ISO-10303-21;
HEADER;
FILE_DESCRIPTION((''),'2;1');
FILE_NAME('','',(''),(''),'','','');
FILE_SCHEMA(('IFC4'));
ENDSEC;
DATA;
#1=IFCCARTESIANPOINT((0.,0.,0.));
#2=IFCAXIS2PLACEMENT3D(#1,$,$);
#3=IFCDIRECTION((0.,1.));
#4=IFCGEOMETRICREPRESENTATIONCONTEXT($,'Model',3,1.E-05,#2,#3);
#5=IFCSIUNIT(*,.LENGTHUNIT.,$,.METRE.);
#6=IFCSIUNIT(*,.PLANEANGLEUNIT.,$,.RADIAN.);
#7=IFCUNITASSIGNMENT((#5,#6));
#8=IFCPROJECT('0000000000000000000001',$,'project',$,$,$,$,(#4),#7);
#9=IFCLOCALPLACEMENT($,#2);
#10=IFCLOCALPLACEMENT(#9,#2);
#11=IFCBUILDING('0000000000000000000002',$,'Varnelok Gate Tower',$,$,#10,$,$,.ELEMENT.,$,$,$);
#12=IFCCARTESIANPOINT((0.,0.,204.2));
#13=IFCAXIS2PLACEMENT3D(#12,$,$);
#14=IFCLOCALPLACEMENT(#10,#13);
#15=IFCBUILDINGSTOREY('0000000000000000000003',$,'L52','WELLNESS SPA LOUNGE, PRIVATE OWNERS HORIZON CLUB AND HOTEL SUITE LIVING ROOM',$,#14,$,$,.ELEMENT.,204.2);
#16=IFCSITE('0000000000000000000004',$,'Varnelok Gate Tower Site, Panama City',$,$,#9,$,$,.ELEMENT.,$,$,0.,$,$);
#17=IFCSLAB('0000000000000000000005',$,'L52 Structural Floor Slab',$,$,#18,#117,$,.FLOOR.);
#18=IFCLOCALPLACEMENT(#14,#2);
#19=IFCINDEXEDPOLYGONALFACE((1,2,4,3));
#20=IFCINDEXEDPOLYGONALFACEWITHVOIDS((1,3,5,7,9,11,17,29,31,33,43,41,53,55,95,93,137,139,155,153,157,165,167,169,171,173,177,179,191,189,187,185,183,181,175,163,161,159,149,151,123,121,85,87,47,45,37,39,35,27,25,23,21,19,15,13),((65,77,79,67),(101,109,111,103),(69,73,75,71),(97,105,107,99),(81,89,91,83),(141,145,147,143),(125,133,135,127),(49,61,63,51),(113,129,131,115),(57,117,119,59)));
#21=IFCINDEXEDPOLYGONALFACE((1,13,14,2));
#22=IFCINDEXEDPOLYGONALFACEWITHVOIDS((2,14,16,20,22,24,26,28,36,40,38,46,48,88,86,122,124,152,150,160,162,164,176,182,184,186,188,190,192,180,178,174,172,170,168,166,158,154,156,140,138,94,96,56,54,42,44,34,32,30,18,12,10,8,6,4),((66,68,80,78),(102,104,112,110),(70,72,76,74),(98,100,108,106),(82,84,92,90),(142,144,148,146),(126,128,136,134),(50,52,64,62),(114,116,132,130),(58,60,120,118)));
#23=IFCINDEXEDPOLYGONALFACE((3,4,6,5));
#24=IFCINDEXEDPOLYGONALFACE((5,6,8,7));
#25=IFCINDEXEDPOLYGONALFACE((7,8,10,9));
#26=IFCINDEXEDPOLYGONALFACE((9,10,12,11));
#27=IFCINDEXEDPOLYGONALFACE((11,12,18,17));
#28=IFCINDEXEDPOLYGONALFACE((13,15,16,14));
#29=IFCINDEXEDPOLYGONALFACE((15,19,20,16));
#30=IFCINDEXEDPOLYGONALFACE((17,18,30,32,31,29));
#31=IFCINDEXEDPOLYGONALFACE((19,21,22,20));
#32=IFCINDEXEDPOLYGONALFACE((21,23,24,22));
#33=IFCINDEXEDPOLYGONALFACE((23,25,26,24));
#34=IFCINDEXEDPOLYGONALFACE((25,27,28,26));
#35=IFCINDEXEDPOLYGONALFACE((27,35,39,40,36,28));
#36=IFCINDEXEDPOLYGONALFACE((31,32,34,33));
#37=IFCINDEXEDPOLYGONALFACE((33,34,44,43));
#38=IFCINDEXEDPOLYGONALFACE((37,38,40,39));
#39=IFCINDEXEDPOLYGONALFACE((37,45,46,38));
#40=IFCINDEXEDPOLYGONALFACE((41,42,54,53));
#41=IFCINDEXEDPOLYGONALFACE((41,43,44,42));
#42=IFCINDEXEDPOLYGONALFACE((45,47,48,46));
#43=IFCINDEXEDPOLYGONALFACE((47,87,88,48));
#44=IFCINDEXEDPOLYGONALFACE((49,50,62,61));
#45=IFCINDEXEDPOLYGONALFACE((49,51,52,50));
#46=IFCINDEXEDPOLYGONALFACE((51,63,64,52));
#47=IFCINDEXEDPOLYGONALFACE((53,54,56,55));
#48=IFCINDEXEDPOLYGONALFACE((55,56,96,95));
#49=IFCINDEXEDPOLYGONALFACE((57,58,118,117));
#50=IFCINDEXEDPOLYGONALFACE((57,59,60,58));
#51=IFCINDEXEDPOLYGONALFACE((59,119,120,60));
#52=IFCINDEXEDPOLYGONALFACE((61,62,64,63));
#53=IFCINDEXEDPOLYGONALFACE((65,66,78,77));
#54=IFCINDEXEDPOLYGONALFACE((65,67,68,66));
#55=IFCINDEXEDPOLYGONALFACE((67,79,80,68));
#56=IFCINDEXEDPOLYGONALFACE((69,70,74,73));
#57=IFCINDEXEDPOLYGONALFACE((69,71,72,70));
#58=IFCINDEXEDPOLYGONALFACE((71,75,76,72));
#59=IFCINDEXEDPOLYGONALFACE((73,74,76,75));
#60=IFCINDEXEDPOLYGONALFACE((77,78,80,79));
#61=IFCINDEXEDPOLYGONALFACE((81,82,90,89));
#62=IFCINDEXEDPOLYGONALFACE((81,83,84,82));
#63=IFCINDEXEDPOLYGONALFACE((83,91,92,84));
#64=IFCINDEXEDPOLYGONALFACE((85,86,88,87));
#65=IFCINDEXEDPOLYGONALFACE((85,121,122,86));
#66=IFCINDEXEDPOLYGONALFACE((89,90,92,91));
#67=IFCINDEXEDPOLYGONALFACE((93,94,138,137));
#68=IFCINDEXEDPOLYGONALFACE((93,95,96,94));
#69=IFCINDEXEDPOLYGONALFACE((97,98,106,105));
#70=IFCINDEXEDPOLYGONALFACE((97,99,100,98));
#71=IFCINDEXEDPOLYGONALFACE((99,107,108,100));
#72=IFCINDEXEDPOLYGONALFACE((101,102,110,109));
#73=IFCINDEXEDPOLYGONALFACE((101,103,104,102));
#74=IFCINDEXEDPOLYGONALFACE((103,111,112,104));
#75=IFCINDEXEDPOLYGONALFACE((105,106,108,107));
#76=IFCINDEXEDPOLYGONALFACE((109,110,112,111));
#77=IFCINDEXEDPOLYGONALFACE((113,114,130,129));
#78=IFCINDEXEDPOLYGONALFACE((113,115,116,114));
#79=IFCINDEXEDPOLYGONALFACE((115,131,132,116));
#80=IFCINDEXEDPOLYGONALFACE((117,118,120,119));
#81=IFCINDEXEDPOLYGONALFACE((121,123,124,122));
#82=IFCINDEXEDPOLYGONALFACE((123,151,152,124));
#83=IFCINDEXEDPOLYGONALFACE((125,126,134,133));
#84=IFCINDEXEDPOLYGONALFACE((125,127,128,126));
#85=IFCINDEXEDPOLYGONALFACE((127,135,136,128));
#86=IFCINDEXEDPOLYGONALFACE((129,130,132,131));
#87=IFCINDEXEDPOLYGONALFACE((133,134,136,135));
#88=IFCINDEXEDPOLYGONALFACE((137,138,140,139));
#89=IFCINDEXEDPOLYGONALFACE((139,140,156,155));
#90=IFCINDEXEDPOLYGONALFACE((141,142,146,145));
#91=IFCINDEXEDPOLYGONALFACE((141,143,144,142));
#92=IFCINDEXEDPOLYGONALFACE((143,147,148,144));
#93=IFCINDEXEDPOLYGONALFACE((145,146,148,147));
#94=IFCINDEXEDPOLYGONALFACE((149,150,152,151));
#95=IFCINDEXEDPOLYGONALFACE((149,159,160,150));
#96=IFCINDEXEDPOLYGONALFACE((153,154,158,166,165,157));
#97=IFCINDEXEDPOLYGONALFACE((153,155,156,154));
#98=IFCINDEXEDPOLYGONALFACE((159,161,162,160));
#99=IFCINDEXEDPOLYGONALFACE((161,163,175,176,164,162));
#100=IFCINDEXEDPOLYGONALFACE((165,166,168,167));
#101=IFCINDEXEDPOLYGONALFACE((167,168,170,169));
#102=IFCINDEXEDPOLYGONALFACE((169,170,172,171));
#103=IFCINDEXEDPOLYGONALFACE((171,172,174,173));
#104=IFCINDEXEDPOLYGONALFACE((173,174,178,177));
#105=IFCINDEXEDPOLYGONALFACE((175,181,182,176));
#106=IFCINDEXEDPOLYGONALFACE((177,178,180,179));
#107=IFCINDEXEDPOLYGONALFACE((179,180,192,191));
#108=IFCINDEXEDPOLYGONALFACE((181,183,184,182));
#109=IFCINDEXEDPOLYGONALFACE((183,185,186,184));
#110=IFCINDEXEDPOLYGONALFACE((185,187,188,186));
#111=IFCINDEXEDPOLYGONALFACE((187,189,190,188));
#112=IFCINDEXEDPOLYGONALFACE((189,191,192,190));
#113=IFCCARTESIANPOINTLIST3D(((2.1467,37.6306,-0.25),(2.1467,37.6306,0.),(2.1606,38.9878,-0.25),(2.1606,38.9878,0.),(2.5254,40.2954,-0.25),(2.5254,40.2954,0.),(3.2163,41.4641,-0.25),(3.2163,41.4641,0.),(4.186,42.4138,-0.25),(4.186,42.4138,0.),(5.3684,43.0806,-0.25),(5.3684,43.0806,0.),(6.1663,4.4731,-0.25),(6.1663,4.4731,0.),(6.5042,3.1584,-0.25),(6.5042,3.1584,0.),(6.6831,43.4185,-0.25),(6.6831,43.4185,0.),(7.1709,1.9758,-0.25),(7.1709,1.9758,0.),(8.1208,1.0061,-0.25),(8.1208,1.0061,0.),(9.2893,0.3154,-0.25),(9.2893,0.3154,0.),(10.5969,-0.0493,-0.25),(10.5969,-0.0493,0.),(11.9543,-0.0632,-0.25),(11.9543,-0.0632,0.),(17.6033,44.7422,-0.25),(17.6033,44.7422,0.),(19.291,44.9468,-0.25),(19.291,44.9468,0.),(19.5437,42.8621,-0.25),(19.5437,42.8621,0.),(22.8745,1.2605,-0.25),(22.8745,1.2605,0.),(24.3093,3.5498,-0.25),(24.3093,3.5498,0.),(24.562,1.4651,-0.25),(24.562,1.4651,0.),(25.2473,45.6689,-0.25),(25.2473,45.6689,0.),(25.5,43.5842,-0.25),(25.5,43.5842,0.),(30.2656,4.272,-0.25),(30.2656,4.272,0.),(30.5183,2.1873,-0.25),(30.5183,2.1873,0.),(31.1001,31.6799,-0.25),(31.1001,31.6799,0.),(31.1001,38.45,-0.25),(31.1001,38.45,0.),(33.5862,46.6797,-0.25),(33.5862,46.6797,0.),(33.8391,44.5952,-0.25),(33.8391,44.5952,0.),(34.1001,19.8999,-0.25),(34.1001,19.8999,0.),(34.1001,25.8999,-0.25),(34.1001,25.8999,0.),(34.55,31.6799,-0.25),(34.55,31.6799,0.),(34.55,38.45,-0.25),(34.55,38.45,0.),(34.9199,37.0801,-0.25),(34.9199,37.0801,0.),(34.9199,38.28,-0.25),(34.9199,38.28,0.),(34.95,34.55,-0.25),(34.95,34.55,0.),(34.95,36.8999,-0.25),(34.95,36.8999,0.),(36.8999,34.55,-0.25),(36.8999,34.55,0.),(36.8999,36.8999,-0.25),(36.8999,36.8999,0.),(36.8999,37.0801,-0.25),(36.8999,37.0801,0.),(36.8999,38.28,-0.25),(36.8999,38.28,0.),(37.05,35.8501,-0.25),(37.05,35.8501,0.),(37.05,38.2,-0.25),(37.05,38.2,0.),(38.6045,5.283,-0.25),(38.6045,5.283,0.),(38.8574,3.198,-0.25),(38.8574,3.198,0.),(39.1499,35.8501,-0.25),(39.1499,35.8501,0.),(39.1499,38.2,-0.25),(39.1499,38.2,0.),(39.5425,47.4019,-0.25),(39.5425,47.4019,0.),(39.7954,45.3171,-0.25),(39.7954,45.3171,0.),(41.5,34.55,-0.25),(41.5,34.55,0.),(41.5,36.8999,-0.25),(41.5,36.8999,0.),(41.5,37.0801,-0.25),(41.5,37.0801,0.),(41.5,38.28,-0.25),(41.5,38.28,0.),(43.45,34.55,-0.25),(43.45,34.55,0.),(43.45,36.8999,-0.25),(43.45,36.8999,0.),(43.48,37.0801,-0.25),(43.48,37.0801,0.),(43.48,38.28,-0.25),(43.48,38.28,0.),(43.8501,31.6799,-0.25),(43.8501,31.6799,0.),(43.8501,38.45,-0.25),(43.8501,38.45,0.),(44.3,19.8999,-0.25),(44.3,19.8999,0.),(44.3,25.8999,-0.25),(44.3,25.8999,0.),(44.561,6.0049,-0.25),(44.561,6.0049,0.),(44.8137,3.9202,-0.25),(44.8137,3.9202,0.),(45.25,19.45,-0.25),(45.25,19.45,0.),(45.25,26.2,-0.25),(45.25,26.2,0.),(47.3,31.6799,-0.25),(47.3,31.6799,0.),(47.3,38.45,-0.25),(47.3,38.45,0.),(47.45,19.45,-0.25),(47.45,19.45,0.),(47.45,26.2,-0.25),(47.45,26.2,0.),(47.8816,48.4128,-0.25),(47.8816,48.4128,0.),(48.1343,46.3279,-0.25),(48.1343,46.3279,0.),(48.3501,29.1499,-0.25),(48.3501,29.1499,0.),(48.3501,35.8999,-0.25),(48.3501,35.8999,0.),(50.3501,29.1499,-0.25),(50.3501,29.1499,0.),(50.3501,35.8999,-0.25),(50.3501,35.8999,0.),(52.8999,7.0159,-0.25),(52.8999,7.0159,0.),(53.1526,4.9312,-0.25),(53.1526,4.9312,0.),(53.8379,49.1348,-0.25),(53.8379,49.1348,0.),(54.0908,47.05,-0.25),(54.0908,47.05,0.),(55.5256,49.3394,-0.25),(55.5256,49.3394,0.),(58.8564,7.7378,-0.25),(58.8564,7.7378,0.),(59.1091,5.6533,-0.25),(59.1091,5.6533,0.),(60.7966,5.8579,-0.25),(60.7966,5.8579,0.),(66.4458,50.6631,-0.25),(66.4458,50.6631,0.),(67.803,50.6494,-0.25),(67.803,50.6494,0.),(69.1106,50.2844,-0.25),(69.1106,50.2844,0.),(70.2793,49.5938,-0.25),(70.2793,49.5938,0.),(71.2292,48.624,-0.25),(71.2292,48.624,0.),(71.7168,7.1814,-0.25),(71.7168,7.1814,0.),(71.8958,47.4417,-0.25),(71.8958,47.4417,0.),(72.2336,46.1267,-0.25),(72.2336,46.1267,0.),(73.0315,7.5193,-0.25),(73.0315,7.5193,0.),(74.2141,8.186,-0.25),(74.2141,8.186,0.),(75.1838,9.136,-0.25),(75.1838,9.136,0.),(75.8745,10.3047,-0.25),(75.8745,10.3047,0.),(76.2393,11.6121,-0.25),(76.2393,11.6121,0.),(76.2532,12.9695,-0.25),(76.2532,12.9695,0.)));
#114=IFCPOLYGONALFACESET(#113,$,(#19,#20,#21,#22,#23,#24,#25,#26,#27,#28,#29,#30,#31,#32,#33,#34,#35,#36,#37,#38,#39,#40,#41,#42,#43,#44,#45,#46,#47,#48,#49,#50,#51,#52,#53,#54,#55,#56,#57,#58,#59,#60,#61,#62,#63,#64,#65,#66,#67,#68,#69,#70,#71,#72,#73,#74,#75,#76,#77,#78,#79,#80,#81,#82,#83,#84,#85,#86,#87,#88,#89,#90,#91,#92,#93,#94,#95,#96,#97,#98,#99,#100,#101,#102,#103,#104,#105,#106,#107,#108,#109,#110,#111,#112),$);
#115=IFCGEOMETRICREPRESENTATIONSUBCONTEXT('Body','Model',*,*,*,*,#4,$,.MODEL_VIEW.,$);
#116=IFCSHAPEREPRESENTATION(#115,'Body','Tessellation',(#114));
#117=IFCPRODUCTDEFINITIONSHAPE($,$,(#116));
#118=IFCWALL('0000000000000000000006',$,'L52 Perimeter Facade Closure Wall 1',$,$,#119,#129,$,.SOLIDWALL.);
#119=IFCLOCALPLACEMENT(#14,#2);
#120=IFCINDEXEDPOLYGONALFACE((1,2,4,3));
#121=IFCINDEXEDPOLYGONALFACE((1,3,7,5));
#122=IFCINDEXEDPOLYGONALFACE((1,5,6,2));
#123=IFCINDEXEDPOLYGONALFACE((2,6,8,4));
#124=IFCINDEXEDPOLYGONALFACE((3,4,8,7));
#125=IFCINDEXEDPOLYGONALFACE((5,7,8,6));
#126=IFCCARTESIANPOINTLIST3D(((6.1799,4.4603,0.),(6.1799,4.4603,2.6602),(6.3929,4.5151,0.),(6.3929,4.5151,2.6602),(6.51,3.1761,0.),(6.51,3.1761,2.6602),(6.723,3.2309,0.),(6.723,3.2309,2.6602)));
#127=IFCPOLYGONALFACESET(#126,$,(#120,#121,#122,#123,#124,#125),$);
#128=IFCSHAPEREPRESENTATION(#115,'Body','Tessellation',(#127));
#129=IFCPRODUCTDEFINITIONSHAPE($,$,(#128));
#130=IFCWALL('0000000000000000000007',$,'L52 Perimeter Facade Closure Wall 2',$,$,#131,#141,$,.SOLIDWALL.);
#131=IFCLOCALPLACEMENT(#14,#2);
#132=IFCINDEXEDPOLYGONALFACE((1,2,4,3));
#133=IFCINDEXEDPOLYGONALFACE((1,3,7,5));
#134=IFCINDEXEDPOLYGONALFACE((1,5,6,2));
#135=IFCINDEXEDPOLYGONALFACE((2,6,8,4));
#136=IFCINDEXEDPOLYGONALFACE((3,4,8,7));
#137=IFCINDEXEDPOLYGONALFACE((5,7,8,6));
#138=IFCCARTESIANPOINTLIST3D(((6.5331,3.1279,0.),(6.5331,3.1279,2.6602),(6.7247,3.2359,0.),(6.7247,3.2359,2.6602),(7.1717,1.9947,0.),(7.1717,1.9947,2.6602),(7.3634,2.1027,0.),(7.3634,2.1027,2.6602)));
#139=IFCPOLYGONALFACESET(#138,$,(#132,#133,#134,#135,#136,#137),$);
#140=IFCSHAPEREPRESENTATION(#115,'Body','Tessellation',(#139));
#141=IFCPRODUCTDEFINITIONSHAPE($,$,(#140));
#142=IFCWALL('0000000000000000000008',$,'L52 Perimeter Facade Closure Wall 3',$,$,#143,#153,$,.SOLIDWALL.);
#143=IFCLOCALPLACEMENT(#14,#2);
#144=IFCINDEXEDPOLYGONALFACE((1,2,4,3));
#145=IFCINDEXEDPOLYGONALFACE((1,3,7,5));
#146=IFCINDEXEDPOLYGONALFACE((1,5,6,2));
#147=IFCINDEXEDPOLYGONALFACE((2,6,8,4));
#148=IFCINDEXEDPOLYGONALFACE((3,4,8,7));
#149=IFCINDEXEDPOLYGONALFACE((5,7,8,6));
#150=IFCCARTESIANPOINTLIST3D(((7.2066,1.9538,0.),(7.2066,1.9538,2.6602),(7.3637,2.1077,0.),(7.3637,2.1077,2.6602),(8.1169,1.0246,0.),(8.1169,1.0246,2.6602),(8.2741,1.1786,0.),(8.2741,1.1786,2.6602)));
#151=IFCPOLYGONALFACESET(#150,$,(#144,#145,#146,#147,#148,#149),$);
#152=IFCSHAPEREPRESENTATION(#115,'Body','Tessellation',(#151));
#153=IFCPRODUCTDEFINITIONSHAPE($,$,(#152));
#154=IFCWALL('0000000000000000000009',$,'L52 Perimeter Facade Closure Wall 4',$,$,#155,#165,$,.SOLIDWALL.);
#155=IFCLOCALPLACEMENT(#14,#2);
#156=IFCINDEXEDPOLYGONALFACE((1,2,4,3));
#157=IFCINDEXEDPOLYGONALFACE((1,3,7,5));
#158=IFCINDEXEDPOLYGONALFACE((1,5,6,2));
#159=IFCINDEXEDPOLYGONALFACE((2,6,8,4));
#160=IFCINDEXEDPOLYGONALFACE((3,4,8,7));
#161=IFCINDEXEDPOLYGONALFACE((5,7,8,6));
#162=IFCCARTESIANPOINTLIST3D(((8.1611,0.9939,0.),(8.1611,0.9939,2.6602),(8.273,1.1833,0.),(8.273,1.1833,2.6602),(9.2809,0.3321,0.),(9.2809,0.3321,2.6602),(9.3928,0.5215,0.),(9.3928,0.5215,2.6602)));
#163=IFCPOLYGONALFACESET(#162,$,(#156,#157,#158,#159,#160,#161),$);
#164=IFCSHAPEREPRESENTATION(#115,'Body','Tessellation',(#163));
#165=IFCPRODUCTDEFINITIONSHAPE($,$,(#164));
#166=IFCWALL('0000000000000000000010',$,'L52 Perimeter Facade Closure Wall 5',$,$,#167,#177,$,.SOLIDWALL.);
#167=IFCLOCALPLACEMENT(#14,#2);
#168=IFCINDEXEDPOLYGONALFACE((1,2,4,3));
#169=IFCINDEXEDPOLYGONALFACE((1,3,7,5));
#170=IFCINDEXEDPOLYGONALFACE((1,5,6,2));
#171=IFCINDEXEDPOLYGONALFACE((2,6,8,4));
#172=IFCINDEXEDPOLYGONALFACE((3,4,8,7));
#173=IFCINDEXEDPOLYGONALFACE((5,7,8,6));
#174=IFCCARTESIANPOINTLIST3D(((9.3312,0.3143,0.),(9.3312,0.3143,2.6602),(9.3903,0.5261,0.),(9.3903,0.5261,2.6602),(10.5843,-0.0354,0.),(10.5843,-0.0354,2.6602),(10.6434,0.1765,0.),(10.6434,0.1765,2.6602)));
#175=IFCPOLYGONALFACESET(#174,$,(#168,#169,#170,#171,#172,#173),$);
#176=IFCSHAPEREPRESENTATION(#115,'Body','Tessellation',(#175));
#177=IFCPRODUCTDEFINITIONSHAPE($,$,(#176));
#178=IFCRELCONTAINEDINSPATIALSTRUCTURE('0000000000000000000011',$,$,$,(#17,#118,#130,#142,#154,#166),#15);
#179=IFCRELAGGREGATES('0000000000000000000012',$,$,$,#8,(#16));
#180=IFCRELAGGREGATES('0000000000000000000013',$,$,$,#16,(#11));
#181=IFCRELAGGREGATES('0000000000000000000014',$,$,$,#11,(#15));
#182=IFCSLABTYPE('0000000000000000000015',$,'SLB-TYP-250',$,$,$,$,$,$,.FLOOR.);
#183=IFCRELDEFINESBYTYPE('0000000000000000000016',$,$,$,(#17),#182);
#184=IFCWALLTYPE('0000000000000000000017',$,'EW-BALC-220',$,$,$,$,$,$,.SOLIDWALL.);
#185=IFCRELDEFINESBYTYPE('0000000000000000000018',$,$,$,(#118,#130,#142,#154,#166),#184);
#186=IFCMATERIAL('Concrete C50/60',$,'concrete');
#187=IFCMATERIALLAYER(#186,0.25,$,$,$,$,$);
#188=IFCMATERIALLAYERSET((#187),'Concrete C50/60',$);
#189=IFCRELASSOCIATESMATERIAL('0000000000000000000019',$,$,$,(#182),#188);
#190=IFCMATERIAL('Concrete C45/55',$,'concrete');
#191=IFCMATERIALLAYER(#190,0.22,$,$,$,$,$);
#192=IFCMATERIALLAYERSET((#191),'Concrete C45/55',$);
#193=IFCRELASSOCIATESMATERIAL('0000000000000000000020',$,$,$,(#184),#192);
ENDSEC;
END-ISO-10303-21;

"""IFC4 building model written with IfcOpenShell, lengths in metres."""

from ifc_helpers import new_model, si_unit, direction, frame, frame_2d, origin, place, context, subcontext, project, spatial, polyline, rectangle, outline, extrude, material, layer, layer_set, type_object, element, save


model = new_model("IFC4")

# Units and contexts
model_context = context("Model", 3, precision=1e-05, world=origin(), true_north=direction((0.0, 1.0)))
body_context = subcontext(model_context, "Body", "Model", "MODEL_VIEW")
ifc_project = project(units=[si_unit("LENGTHUNIT", "METRE"), si_unit("PLANEANGLEUNIT", "RADIAN")], contexts=[model_context])

# Site, building, storey
site_placement = place(None, origin())
site = spatial("IfcSite", under=ifc_project, at=site_placement, Name="Varnelok Gate Tower Site, Panama City", CompositionType="ELEMENT", RefElevation=0.0)
building_placement = place(site_placement, origin())
building = spatial("IfcBuilding", under=site, at=building_placement, Name="Varnelok Gate Tower", CompositionType="ELEMENT")
storey_placement = place(building_placement, frame((0.0, 0.0, 204.2)))
storey = spatial("IfcBuildingStorey", under=building, at=storey_placement, Name="L52", Description="WELLNESS SPA LOUNGE, PRIVATE OWNERS HORIZON CLUB AND HOTEL SUITE LIVING ROOM", CompositionType="ELEMENT", Elevation=204.2)

# Shared definitions
ifc_material_1 = material(Name="Concrete C45/55", Category="concrete")

# Shared definitions
ifc_material_2 = material(Name="Concrete C50/60", Category="concrete")

# Slab
ifc_layer_1 = layer(ifc_material_2, 0.25)
ifc_layer_set_1 = layer_set([ifc_layer_1], Name="Concrete C50/60")
slab_type_1 = type_object("IfcSlabType", Name="SLB-TYP-250", PredefinedType="FLOOR", material=ifc_layer_set_1)
slab_1_placement = place(storey_placement, frame((0.0, 0.0, -0.25)))
element("IfcSlab", 1, at=slab_1_placement, inside=storey, type_object=slab_type_1, Name="L52 Structural Floor Slab", PredefinedType="FLOOR", context=body_context, shape_type="SweptSolid", body=[
    extrude(outline(polyline([(6.1663, 4.4731), (6.5042, 3.1584), (7.1709, 1.9758), (8.1208, 1.0061), (9.2893, 0.3154), (10.5969, -0.0493), (11.9543, -0.0632), (22.8745, 1.2605), (24.562, 1.4651), (24.3093, 3.5498), (30.2656, 4.272), (30.5183, 2.1873), (38.8574, 3.198), (38.6045, 5.283), (44.561, 6.0049), (44.8137, 3.9202), (53.1526, 4.9312), (52.8999, 7.0159), (58.8564, 7.7378), (59.1091, 5.6533), (60.7966, 5.8579), (71.7168, 7.1814), (73.0315, 7.5193), (74.2141, 8.186), (75.1838, 9.136), (75.8745, 10.3047), (76.2393, 11.6121), (76.2532, 12.9695), (72.2336, 46.1267), (71.8958, 47.4417), (71.2292, 48.624), (70.2793, 49.5938), (69.1106, 50.2844), (67.803, 50.6494), (66.4458, 50.6631), (55.5256, 49.3394), (53.8379, 49.1348), (54.0908, 47.05), (48.1343, 46.3279), (47.8816, 48.4128), (39.5425, 47.4019), (39.7954, 45.3171), (33.8391, 44.5952), (33.5862, 46.6797), (25.2473, 45.6689), (25.5, 43.5842), (19.5437, 42.8621), (19.291, 44.9468), (17.6033, 44.7422), (6.6831, 43.4185), (5.3684, 43.0806), (4.186, 42.4138), (3.2163, 41.4641), (2.5254, 40.2954), (2.1606, 38.9878), (2.1467, 37.6306), (6.1663, 4.4731)]), holes=[polyline([(34.55, 31.6799), (34.55, 38.45), (31.1001, 38.45), (31.1001, 31.6799), (34.55, 31.6799)]), polyline([(47.3, 31.6799), (47.3, 38.45), (43.8501, 38.45), (43.8501, 31.6799), (47.3, 31.6799)]), polyline([(34.95, 34.55), (36.8999, 34.55), (36.8999, 36.8999), (34.95, 36.8999), (34.95, 34.55)]), polyline([(41.5, 34.55), (43.45, 34.55), (43.45, 36.8999), (41.5, 36.8999), (41.5, 34.55)]), polyline([(37.05, 35.8501), (39.1499, 35.8501), (39.1499, 38.2), (37.05, 38.2), (37.05, 35.8501)]), polyline([(48.3501, 29.1499), (50.3501, 29.1499), (50.3501, 35.8999), (48.3501, 35.8999), (48.3501, 29.1499)]), polyline([(45.25, 19.45), (47.45, 19.45), (47.45, 26.2), (45.25, 26.2), (45.25, 19.45)]), polyline([(34.9199, 37.0801), (36.8999, 37.0801), (36.8999, 38.28), (34.9199, 38.28), (34.9199, 37.0801)]), polyline([(41.5, 37.0801), (43.48, 37.0801), (43.48, 38.28), (41.5, 38.28), (41.5, 37.0801)]), polyline([(34.1001, 19.8999), (44.3, 19.8999), (44.3, 25.8999), (34.1001, 25.8999), (34.1001, 19.8999)])]), origin(), (0.0, 0.0, 1.0), 0.25),
])

# Walls
ifc_layer_2 = layer(ifc_material_1, 0.22)
ifc_layer_set_2 = layer_set([ifc_layer_2], Name="Concrete C45/55")
wall_type_1 = type_object("IfcWallType", Name="EW-BALC-220", PredefinedType="SOLIDWALL", material=ifc_layer_set_2)
wall_1_placement = place(storey_placement, frame((6.2864, 4.4878, 0.0), z_axis=(0.0, 0.0, 1.0), x_axis=(0.248942, -0.968518, 0.0)))
element("IfcWall", 2, at=wall_1_placement, inside=storey, type_object=wall_type_1, Name="L52 Perimeter Facade Closure Wall 1", PredefinedType="SOLIDWALL", context=body_context, shape_type="SweptSolid", body=[
    extrude(rectangle(XDim=1.3259, YDim=0.22, at=frame_2d((0.6631, 0.0))), origin(), (0.0, 0.0, 1.0), 2.6602),
])
for number, where, z_axis, x_axis, name in (
    (3, (6.6289, 3.1819, 0.0), (0.0, 0.0, 1.0), (0.490956, -0.871184, 0.0), "L52 Perimeter Facade Closure Wall 2"),
    (4, (7.2852, 2.0308, 0.0), (0.0, 0.0, 1.0), (0.699844, -0.714295, 0.0), "L52 Perimeter Facade Closure Wall 3"),
    (5, (8.217, 1.0886, 0.0), (0.0, 0.0, 1.0), (0.860885, -0.508799, 0.0), "L52 Perimeter Facade Closure Wall 4"),
):
    element("IfcWall", number, at=place(storey_placement, frame(where, z_axis=z_axis, x_axis=x_axis)), inside=storey, type_object=wall_type_1, Name=name, PredefinedType="SOLIDWALL", context=body_context, shape_type="SweptSolid", body=[
        extrude(rectangle(XDim=1.3008, YDim=0.22, at=frame_2d((0.6504, 0.0))), origin(), (0.0, 0.0, 1.0), 2.6602),
    ])
wall_2_placement = place(storey_placement, frame((9.3608, 0.4202, 0.0), z_axis=(0.0, 0.0, 1.0), x_axis=(0.963219, -0.268718, 0.0)))
element("IfcWall", 6, at=wall_2_placement, inside=storey, type_object=wall_type_1, Name="L52 Perimeter Facade Closure Wall 5", PredefinedType="SOLIDWALL", context=body_context, shape_type="SweptSolid", body=[
    extrude(rectangle(XDim=1.301, YDim=0.22, at=frame_2d((0.6504, 0.0))), origin(), (0.0, 0.0, 1.0), 2.6602),
])

save(model, "model.ifc")
